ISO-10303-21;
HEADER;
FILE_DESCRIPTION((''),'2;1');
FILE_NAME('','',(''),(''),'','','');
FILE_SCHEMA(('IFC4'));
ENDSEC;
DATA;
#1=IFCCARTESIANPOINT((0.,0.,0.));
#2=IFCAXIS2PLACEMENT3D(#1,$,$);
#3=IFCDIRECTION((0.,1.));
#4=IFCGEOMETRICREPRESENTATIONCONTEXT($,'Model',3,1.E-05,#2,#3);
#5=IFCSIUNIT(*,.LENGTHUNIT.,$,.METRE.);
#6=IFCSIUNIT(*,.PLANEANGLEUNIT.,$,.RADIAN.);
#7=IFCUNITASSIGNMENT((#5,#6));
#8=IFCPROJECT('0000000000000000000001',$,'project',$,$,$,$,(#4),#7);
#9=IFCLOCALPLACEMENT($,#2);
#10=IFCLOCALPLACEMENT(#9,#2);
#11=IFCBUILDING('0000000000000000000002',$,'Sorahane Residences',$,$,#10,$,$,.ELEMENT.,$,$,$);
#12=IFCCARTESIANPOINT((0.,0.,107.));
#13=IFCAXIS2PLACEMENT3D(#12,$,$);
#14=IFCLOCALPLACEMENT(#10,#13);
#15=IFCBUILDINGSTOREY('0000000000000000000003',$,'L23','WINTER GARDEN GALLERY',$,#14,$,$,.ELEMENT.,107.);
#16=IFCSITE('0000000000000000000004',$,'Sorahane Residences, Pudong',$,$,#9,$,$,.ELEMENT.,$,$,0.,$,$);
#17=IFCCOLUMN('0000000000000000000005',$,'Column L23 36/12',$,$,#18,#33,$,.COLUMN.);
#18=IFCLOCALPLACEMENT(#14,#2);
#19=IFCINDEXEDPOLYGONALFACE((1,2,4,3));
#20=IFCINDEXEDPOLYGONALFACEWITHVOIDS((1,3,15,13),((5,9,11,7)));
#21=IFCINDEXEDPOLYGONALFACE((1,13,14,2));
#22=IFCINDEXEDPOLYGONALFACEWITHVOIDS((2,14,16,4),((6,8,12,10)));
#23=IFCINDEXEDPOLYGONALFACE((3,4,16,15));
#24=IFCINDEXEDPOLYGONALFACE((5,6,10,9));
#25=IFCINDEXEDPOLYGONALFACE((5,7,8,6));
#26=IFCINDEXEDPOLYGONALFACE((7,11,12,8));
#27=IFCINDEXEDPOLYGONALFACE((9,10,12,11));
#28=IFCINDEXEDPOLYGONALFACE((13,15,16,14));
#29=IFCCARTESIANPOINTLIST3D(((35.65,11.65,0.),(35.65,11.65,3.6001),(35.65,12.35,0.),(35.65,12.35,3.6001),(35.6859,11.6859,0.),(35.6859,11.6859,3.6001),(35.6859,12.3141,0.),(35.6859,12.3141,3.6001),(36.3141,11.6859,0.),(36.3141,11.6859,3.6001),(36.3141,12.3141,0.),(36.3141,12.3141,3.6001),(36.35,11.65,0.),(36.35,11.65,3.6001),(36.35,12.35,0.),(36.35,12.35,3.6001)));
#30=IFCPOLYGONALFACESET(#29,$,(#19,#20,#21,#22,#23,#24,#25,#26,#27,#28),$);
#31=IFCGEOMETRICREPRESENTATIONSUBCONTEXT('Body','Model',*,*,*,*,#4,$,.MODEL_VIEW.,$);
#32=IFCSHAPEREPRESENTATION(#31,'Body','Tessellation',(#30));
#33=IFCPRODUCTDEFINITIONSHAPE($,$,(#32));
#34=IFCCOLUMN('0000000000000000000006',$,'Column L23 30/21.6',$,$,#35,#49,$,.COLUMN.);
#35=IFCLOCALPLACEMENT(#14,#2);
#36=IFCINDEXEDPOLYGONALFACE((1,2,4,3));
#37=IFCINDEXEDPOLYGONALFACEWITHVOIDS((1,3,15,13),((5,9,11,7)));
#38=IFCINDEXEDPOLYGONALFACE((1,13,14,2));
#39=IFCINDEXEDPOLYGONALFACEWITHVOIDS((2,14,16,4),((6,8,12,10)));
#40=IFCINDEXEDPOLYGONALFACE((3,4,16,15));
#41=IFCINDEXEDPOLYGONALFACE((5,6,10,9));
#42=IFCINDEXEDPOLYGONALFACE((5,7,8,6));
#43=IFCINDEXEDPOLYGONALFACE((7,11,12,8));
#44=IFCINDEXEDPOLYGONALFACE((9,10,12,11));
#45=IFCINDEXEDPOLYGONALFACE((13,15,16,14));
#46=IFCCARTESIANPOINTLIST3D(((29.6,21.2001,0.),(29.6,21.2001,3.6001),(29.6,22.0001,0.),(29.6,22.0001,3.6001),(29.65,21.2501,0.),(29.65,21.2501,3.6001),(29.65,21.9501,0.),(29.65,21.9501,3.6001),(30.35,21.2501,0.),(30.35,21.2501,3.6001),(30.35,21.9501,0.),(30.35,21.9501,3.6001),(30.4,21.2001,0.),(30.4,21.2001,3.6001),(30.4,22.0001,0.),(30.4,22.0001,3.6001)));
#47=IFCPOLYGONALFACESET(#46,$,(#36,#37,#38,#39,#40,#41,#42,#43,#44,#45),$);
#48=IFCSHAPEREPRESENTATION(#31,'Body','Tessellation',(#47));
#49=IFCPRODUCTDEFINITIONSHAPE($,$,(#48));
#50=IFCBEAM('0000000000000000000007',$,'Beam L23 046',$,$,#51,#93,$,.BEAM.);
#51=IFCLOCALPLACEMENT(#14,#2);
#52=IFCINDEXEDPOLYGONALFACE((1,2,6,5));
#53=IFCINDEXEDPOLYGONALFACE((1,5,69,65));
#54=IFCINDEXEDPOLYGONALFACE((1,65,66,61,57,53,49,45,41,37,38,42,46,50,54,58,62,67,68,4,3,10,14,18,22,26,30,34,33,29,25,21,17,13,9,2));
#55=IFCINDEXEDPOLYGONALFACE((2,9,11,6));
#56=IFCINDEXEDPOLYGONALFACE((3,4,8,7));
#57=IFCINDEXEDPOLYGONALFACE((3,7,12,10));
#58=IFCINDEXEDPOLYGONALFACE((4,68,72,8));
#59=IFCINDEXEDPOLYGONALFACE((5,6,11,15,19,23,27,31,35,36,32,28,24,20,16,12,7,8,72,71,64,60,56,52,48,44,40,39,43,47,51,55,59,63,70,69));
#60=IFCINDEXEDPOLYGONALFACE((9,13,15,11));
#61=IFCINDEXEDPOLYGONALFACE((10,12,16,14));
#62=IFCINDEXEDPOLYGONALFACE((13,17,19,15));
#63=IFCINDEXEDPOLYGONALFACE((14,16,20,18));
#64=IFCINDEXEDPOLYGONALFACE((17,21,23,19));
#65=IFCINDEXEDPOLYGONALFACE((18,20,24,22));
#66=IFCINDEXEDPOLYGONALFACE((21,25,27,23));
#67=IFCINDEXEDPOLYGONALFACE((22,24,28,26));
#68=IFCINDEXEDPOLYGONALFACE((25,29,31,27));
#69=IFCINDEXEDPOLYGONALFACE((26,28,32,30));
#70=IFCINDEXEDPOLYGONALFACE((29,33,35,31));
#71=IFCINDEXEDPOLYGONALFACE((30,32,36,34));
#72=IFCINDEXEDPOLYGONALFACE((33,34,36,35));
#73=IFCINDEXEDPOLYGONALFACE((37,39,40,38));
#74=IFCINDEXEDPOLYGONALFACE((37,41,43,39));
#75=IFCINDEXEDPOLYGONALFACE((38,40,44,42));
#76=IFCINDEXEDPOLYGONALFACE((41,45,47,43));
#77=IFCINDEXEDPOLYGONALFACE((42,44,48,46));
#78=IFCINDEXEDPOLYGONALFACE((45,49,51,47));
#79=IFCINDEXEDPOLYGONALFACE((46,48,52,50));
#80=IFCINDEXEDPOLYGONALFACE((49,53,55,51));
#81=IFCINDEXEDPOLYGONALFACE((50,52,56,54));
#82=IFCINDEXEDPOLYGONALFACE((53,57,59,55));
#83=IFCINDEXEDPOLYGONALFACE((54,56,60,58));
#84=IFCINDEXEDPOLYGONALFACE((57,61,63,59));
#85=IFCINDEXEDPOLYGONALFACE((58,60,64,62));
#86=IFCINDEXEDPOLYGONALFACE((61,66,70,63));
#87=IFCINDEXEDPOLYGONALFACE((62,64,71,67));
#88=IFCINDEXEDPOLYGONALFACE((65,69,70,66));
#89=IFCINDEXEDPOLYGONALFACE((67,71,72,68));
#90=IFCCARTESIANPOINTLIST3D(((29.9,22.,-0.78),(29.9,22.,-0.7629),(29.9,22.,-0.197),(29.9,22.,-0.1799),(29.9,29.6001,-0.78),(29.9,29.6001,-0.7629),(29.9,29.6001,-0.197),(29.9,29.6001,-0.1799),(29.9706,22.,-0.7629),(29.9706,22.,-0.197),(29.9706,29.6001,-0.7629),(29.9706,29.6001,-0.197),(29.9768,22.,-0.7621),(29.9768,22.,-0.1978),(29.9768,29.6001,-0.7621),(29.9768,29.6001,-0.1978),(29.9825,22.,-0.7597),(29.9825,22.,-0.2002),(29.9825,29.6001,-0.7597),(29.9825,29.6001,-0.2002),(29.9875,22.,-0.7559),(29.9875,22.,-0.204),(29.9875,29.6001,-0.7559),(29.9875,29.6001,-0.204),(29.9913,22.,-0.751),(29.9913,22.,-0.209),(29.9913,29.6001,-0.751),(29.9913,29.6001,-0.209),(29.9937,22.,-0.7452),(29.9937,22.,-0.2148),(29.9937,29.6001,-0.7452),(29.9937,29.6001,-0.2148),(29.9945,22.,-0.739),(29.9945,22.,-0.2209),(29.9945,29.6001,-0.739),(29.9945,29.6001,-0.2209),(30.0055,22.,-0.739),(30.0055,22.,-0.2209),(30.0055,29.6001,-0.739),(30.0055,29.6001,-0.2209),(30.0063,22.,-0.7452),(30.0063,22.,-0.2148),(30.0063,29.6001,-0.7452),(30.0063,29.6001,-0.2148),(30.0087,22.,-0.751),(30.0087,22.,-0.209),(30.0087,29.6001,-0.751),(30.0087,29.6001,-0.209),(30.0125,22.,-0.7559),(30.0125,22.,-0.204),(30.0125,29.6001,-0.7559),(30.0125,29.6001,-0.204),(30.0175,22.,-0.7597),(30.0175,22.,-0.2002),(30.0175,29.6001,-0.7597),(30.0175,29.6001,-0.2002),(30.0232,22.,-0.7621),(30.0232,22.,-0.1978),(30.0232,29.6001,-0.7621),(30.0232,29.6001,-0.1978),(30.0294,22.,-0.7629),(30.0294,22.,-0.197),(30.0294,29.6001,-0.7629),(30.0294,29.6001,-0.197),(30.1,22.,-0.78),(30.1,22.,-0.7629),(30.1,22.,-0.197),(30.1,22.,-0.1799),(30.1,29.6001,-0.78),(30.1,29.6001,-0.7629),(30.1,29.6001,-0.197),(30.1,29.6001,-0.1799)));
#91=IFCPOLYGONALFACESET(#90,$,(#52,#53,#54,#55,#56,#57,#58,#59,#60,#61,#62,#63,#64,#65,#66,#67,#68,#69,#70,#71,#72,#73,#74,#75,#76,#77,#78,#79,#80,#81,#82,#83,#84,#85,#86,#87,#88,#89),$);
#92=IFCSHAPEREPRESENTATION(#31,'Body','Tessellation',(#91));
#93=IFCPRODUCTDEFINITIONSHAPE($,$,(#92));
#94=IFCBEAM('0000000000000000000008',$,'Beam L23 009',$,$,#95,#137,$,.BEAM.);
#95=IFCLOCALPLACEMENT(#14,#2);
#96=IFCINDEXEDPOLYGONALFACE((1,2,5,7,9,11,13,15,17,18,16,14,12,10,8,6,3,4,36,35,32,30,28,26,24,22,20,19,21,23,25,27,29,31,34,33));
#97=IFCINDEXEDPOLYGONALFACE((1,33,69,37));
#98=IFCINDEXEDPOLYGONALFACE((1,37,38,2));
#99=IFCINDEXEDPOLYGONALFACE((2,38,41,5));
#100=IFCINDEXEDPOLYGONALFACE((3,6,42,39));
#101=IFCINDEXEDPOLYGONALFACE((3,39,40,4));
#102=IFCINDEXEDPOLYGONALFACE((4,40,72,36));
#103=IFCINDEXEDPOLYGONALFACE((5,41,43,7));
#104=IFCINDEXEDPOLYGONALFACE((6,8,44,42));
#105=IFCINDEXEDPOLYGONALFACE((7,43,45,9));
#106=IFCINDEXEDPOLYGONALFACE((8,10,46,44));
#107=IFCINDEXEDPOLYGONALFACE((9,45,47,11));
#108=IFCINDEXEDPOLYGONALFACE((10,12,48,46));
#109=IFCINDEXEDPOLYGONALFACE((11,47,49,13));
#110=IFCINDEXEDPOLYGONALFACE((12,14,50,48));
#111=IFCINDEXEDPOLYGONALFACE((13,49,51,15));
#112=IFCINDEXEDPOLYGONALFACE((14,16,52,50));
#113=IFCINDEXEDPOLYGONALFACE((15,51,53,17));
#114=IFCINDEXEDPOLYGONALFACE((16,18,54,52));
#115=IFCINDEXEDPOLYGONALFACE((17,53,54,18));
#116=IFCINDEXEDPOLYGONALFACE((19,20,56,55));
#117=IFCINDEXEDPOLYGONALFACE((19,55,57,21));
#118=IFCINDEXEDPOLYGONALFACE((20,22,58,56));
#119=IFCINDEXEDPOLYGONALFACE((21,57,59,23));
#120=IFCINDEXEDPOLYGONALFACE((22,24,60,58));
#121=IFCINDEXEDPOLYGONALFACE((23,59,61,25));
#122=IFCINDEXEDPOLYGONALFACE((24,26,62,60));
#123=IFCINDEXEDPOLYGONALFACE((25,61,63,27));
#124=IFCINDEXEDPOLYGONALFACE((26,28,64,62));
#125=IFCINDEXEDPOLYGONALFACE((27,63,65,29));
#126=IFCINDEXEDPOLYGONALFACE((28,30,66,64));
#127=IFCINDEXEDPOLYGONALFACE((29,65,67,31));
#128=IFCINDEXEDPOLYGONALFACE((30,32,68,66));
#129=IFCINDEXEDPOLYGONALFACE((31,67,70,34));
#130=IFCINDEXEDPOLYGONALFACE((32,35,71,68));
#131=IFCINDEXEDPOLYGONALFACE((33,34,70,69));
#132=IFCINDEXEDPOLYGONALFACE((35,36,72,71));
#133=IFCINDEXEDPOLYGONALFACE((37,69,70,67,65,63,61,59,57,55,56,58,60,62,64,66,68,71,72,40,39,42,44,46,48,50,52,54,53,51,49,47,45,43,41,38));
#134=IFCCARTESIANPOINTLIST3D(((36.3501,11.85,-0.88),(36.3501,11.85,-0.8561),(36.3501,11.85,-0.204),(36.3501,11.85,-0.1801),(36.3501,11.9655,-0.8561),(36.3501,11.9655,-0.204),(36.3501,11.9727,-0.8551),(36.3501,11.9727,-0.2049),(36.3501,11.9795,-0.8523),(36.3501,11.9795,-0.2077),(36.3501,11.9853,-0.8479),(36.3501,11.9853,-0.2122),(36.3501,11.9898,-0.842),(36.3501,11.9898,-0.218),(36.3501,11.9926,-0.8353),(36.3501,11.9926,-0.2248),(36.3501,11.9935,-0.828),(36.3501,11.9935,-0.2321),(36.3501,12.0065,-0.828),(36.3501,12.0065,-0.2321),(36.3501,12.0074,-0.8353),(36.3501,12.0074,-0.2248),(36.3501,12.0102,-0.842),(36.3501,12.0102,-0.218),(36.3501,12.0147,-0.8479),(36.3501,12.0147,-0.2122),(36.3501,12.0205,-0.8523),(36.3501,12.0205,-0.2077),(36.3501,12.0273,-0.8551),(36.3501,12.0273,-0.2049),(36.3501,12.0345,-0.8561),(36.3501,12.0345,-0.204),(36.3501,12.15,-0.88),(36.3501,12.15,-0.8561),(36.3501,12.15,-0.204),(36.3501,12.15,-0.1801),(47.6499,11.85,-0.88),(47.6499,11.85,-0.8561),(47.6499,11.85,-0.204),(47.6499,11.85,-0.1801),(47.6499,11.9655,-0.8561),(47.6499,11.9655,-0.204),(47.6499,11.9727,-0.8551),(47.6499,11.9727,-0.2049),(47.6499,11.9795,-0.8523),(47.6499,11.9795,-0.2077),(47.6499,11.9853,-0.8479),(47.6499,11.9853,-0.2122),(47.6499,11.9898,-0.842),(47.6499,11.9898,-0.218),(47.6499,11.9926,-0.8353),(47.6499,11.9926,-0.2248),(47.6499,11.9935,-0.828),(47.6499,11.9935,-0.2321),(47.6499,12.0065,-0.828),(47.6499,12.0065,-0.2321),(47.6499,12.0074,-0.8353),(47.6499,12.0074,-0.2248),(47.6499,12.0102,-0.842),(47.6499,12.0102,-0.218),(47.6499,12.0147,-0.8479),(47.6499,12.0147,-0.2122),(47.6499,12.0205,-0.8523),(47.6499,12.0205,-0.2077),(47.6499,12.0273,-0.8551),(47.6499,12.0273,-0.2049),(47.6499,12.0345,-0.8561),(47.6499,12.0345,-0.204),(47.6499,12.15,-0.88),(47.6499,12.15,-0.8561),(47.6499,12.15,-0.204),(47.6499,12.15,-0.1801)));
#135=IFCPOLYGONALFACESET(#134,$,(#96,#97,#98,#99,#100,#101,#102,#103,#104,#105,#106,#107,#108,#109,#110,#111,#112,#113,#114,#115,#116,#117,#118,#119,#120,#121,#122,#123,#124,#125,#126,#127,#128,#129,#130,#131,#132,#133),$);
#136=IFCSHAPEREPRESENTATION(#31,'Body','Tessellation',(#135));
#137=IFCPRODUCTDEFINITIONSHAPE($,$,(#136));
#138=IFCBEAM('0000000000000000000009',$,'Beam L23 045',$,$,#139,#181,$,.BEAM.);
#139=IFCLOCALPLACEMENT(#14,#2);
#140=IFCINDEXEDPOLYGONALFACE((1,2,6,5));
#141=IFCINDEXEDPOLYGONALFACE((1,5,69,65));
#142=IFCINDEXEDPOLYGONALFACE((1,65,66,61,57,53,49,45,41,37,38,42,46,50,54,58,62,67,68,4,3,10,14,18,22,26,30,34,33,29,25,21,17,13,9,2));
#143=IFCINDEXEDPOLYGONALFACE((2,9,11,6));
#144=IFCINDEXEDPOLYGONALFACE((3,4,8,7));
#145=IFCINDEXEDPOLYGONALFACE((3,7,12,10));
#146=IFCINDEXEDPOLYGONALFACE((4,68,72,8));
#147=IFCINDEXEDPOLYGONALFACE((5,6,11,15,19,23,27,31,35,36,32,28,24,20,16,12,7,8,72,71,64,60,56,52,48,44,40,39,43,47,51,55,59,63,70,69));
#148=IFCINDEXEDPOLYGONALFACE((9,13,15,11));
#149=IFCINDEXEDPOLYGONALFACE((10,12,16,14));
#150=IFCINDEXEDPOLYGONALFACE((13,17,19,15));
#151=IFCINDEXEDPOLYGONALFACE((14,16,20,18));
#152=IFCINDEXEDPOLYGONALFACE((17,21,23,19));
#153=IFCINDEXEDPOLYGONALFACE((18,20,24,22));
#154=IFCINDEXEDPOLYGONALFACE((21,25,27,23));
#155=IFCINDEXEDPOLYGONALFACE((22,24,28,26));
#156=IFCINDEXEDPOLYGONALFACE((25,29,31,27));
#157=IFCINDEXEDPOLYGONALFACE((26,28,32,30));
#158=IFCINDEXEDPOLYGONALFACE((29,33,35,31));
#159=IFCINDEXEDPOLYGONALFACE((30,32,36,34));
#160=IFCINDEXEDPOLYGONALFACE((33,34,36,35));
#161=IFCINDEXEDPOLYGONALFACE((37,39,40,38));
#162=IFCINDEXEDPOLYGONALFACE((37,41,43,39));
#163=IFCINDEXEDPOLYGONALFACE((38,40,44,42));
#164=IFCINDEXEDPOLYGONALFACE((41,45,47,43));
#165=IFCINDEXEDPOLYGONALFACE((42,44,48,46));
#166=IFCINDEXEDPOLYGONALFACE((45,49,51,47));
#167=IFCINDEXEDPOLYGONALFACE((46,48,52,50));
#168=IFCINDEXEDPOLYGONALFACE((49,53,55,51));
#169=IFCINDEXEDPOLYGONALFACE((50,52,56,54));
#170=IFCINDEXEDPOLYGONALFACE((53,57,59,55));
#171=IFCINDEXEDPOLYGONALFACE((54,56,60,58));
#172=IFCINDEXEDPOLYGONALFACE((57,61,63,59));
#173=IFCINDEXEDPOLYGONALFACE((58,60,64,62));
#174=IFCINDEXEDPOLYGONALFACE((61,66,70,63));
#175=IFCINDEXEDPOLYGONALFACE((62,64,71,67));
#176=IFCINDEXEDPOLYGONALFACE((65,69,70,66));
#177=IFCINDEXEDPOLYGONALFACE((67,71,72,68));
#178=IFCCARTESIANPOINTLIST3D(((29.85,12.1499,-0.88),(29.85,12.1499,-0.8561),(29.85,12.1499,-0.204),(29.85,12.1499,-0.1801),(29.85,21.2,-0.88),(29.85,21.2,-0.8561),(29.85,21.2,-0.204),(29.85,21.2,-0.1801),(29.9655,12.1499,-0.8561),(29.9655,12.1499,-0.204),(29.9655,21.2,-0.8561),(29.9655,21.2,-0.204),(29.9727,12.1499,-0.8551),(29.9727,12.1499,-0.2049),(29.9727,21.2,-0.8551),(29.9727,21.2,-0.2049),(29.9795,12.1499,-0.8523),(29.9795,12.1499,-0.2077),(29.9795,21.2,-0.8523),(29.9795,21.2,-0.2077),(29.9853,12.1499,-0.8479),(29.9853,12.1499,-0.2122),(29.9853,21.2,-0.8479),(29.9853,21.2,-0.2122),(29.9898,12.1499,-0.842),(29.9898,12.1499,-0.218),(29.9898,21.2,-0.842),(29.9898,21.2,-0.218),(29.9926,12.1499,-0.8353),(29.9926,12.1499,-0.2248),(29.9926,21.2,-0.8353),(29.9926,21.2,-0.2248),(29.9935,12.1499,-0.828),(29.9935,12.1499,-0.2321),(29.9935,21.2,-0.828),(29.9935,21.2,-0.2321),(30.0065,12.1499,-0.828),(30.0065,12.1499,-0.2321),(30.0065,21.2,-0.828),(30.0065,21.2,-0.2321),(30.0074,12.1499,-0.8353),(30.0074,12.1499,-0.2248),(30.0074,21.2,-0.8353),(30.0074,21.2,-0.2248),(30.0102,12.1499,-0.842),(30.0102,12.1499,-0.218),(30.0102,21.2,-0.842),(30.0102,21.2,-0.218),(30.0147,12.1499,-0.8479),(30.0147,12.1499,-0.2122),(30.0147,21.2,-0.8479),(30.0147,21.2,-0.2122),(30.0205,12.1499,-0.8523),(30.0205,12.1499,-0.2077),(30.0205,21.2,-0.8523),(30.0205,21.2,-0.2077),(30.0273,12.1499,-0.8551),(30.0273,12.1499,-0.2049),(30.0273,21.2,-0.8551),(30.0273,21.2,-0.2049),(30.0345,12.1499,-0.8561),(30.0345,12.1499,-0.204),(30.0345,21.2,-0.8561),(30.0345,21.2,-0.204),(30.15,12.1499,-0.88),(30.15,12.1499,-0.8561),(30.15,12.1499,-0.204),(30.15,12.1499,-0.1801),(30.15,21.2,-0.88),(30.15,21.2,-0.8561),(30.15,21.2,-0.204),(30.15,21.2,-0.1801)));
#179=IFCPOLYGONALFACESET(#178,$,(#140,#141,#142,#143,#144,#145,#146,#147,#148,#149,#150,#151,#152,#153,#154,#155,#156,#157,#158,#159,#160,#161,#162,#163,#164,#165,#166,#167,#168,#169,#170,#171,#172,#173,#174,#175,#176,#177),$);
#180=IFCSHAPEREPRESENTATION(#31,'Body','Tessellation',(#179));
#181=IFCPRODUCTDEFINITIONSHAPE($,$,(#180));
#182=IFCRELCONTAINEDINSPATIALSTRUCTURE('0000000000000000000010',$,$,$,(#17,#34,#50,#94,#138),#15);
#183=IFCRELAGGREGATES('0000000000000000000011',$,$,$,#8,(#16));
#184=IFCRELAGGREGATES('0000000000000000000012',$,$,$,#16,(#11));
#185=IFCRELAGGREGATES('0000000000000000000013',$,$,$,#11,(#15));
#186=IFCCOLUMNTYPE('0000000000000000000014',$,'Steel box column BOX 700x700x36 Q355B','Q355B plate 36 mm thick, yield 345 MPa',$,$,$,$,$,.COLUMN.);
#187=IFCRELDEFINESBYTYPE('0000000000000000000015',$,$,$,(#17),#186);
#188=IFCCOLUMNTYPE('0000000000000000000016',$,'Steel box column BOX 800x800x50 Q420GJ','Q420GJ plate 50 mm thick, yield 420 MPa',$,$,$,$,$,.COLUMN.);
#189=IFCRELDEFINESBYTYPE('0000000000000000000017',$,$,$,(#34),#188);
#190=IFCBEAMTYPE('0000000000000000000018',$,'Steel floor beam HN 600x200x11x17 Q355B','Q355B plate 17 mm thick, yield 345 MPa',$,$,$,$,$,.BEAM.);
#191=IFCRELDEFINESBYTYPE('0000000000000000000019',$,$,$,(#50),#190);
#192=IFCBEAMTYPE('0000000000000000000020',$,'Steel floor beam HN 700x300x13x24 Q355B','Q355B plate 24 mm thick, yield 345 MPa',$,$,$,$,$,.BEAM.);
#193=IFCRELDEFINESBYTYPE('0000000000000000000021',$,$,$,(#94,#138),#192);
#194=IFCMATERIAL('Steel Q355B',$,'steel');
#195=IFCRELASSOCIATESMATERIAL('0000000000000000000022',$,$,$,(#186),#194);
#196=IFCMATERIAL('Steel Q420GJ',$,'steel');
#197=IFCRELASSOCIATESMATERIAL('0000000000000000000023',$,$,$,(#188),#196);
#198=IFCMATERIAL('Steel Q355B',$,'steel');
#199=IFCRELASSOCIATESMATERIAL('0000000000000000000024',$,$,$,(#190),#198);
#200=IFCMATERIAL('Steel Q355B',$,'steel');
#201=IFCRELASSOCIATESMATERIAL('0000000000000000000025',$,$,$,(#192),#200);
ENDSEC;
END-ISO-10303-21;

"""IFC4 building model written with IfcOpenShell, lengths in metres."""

from ifc_helpers import new_model, si_unit, direction, frame, origin, origin_2d, place, context, subcontext, project, spatial, hollow_rectangle, i_section, extrude, material, material_profile, profile_set, type_object, element, save


model = new_model("IFC4")

# Units and contexts
model_context = context("Model", 3, precision=1e-05, world=origin(), true_north=direction((0.0, 1.0)))
body_context = subcontext(model_context, "Body", "Model", "MODEL_VIEW")
ifc_project = project(units=[si_unit("LENGTHUNIT", "METRE"), si_unit("PLANEANGLEUNIT", "RADIAN")], contexts=[model_context])

# Site, building, storey
site_placement = place(None, origin())
site = spatial("IfcSite", under=ifc_project, at=site_placement, Name="Sorahane Residences, Pudong", CompositionType="ELEMENT", RefElevation=0.0)
building_placement = place(site_placement, origin())
building = spatial("IfcBuilding", under=site, at=building_placement, Name="Sorahane Residences", CompositionType="ELEMENT")
storey_placement = place(building_placement, frame((0.0, 0.0, 107.0)))
storey = spatial("IfcBuildingStorey", under=building, at=storey_placement, Name="L23", Description="WINTER GARDEN GALLERY", CompositionType="ELEMENT", Elevation=107.0)

# Columns
ifc_material_1 = material(Name="Steel Q355B", Category="steel")
ifc_material_profile_1 = material_profile(ifc_material_1, hollow_rectangle(XDim=0.7, YDim=0.7, WallThickness=0.0359, at=origin_2d()), Name="BOX 700x700x36")
ifc_profile_set_1 = profile_set([ifc_material_profile_1], Name="Steel Q355B")
column_type_1 = type_object("IfcColumnType", Name="Steel box column BOX 700x700x36 Q355B", Description="Q355B plate 36 mm thick, yield 345 MPa", PredefinedType="COLUMN", material=ifc_profile_set_1)
column_1_placement = place(storey_placement, frame((36.0, 12.0, 0.0), z_axis=(0.0, 0.0, 1.0), x_axis=(1.0, 0.0, 0.0)))
element("IfcColumn", 1, at=column_1_placement, inside=storey, type_object=column_type_1, Name="Column L23 36/12", PredefinedType="COLUMN", context=body_context, shape_type="SweptSolid", body=[
    extrude(hollow_rectangle(XDim=0.7, YDim=0.7, WallThickness=0.0359, at=origin_2d()), origin(), (0.0, 0.0, 1.0), 3.6001),
])
ifc_material_2 = material(Name="Steel Q420GJ", Category="steel")
ifc_material_profile_2 = material_profile(ifc_material_2, hollow_rectangle(XDim=0.8, YDim=0.8, WallThickness=0.05, at=origin_2d()), Name="BOX 800x800x50")
ifc_profile_set_2 = profile_set([ifc_material_profile_2], Name="Steel Q420GJ")
column_type_2 = type_object("IfcColumnType", Name="Steel box column BOX 800x800x50 Q420GJ", Description="Q420GJ plate 50 mm thick, yield 420 MPa", PredefinedType="COLUMN", material=ifc_profile_set_2)
column_2_placement = place(storey_placement, frame((30.0, 21.6001, 0.0), z_axis=(0.0, 0.0, 1.0), x_axis=(1.0, 0.0, 0.0)))
element("IfcColumn", 2, at=column_2_placement, inside=storey, type_object=column_type_2, Name="Column L23 30/21.6", PredefinedType="COLUMN", context=body_context, shape_type="SweptSolid", body=[
    extrude(hollow_rectangle(XDim=0.8, YDim=0.8, WallThickness=0.05, at=origin_2d()), origin(), (0.0, 0.0, 1.0), 3.6001),
])

# Beams
ifc_material_3 = material(Name="Steel Q355B", Category="steel")
ifc_material_profile_3 = material_profile(ifc_material_3, i_section(OverallWidth=0.2, OverallDepth=0.6001, WebThickness=0.011, FlangeThickness=0.0171, FilletRadius=0.0239, at=origin_2d()), Name="HN 600x200x11x17")
ifc_profile_set_3 = profile_set([ifc_material_profile_3], Name="Steel Q355B")
beam_type_1 = type_object("IfcBeamType", Name="Steel floor beam HN 600x200x11x17 Q355B", Description="Q355B plate 17 mm thick, yield 345 MPa", PredefinedType="BEAM", material=ifc_profile_set_3)
beam_1_placement = place(storey_placement, frame((30.0, 22.0, -0.48), z_axis=(0.0, 1.0, 0.0), x_axis=(-1.0, 0.0, 0.0)))
element("IfcBeam", 3, at=beam_1_placement, inside=storey, type_object=beam_type_1, Name="Beam L23 046", PredefinedType="BEAM", context=body_context, shape_type="SweptSolid", body=[
    extrude(i_section(OverallWidth=0.2, OverallDepth=0.6001, WebThickness=0.011, FlangeThickness=0.0171, FilletRadius=0.0239, at=origin_2d()), origin(), (0.0, 0.0, 1.0), 7.6001),
])
ifc_material_4 = material(Name="Steel Q355B", Category="steel")
ifc_material_profile_4 = material_profile(ifc_material_4, i_section(OverallWidth=0.3, OverallDepth=0.7, WebThickness=0.0129, FlangeThickness=0.0239, FilletRadius=0.0281, at=origin_2d()), Name="HN 700x300x13x24")
ifc_profile_set_4 = profile_set([ifc_material_profile_4], Name="Steel Q355B")
beam_type_2 = type_object("IfcBeamType", Name="Steel floor beam HN 700x300x13x24 Q355B", Description="Q355B plate 24 mm thick, yield 345 MPa", PredefinedType="BEAM", material=ifc_profile_set_4)
beam_2_placement = place(storey_placement, frame((36.3501, 12.0, -0.53), z_axis=(1.0, 0.0, 0.0), x_axis=(0.0, 1.0, 0.0)))
element("IfcBeam", 4, at=beam_2_placement, inside=storey, type_object=beam_type_2, Name="Beam L23 009", PredefinedType="BEAM", context=body_context, shape_type="SweptSolid", body=[
    extrude(i_section(OverallWidth=0.3, OverallDepth=0.7, WebThickness=0.0129, FlangeThickness=0.0239, FilletRadius=0.0281, at=origin_2d()), origin(), (0.0, 0.0, 1.0), 11.2998),
])
beam_3_placement = place(storey_placement, frame((30.0, 12.1499, -0.53), z_axis=(0.0, 1.0, 0.0), x_axis=(-1.0, 0.0, 0.0)))
element("IfcBeam", 5, at=beam_3_placement, inside=storey, type_object=beam_type_2, Name="Beam L23 045", PredefinedType="BEAM", context=body_context, shape_type="SweptSolid", body=[
    extrude(i_section(OverallWidth=0.3, OverallDepth=0.7, WebThickness=0.0129, FlangeThickness=0.0239, FilletRadius=0.0281, at=origin_2d()), origin(), (0.0, 0.0, 1.0), 9.05),
])

save(model, "model.ifc")
